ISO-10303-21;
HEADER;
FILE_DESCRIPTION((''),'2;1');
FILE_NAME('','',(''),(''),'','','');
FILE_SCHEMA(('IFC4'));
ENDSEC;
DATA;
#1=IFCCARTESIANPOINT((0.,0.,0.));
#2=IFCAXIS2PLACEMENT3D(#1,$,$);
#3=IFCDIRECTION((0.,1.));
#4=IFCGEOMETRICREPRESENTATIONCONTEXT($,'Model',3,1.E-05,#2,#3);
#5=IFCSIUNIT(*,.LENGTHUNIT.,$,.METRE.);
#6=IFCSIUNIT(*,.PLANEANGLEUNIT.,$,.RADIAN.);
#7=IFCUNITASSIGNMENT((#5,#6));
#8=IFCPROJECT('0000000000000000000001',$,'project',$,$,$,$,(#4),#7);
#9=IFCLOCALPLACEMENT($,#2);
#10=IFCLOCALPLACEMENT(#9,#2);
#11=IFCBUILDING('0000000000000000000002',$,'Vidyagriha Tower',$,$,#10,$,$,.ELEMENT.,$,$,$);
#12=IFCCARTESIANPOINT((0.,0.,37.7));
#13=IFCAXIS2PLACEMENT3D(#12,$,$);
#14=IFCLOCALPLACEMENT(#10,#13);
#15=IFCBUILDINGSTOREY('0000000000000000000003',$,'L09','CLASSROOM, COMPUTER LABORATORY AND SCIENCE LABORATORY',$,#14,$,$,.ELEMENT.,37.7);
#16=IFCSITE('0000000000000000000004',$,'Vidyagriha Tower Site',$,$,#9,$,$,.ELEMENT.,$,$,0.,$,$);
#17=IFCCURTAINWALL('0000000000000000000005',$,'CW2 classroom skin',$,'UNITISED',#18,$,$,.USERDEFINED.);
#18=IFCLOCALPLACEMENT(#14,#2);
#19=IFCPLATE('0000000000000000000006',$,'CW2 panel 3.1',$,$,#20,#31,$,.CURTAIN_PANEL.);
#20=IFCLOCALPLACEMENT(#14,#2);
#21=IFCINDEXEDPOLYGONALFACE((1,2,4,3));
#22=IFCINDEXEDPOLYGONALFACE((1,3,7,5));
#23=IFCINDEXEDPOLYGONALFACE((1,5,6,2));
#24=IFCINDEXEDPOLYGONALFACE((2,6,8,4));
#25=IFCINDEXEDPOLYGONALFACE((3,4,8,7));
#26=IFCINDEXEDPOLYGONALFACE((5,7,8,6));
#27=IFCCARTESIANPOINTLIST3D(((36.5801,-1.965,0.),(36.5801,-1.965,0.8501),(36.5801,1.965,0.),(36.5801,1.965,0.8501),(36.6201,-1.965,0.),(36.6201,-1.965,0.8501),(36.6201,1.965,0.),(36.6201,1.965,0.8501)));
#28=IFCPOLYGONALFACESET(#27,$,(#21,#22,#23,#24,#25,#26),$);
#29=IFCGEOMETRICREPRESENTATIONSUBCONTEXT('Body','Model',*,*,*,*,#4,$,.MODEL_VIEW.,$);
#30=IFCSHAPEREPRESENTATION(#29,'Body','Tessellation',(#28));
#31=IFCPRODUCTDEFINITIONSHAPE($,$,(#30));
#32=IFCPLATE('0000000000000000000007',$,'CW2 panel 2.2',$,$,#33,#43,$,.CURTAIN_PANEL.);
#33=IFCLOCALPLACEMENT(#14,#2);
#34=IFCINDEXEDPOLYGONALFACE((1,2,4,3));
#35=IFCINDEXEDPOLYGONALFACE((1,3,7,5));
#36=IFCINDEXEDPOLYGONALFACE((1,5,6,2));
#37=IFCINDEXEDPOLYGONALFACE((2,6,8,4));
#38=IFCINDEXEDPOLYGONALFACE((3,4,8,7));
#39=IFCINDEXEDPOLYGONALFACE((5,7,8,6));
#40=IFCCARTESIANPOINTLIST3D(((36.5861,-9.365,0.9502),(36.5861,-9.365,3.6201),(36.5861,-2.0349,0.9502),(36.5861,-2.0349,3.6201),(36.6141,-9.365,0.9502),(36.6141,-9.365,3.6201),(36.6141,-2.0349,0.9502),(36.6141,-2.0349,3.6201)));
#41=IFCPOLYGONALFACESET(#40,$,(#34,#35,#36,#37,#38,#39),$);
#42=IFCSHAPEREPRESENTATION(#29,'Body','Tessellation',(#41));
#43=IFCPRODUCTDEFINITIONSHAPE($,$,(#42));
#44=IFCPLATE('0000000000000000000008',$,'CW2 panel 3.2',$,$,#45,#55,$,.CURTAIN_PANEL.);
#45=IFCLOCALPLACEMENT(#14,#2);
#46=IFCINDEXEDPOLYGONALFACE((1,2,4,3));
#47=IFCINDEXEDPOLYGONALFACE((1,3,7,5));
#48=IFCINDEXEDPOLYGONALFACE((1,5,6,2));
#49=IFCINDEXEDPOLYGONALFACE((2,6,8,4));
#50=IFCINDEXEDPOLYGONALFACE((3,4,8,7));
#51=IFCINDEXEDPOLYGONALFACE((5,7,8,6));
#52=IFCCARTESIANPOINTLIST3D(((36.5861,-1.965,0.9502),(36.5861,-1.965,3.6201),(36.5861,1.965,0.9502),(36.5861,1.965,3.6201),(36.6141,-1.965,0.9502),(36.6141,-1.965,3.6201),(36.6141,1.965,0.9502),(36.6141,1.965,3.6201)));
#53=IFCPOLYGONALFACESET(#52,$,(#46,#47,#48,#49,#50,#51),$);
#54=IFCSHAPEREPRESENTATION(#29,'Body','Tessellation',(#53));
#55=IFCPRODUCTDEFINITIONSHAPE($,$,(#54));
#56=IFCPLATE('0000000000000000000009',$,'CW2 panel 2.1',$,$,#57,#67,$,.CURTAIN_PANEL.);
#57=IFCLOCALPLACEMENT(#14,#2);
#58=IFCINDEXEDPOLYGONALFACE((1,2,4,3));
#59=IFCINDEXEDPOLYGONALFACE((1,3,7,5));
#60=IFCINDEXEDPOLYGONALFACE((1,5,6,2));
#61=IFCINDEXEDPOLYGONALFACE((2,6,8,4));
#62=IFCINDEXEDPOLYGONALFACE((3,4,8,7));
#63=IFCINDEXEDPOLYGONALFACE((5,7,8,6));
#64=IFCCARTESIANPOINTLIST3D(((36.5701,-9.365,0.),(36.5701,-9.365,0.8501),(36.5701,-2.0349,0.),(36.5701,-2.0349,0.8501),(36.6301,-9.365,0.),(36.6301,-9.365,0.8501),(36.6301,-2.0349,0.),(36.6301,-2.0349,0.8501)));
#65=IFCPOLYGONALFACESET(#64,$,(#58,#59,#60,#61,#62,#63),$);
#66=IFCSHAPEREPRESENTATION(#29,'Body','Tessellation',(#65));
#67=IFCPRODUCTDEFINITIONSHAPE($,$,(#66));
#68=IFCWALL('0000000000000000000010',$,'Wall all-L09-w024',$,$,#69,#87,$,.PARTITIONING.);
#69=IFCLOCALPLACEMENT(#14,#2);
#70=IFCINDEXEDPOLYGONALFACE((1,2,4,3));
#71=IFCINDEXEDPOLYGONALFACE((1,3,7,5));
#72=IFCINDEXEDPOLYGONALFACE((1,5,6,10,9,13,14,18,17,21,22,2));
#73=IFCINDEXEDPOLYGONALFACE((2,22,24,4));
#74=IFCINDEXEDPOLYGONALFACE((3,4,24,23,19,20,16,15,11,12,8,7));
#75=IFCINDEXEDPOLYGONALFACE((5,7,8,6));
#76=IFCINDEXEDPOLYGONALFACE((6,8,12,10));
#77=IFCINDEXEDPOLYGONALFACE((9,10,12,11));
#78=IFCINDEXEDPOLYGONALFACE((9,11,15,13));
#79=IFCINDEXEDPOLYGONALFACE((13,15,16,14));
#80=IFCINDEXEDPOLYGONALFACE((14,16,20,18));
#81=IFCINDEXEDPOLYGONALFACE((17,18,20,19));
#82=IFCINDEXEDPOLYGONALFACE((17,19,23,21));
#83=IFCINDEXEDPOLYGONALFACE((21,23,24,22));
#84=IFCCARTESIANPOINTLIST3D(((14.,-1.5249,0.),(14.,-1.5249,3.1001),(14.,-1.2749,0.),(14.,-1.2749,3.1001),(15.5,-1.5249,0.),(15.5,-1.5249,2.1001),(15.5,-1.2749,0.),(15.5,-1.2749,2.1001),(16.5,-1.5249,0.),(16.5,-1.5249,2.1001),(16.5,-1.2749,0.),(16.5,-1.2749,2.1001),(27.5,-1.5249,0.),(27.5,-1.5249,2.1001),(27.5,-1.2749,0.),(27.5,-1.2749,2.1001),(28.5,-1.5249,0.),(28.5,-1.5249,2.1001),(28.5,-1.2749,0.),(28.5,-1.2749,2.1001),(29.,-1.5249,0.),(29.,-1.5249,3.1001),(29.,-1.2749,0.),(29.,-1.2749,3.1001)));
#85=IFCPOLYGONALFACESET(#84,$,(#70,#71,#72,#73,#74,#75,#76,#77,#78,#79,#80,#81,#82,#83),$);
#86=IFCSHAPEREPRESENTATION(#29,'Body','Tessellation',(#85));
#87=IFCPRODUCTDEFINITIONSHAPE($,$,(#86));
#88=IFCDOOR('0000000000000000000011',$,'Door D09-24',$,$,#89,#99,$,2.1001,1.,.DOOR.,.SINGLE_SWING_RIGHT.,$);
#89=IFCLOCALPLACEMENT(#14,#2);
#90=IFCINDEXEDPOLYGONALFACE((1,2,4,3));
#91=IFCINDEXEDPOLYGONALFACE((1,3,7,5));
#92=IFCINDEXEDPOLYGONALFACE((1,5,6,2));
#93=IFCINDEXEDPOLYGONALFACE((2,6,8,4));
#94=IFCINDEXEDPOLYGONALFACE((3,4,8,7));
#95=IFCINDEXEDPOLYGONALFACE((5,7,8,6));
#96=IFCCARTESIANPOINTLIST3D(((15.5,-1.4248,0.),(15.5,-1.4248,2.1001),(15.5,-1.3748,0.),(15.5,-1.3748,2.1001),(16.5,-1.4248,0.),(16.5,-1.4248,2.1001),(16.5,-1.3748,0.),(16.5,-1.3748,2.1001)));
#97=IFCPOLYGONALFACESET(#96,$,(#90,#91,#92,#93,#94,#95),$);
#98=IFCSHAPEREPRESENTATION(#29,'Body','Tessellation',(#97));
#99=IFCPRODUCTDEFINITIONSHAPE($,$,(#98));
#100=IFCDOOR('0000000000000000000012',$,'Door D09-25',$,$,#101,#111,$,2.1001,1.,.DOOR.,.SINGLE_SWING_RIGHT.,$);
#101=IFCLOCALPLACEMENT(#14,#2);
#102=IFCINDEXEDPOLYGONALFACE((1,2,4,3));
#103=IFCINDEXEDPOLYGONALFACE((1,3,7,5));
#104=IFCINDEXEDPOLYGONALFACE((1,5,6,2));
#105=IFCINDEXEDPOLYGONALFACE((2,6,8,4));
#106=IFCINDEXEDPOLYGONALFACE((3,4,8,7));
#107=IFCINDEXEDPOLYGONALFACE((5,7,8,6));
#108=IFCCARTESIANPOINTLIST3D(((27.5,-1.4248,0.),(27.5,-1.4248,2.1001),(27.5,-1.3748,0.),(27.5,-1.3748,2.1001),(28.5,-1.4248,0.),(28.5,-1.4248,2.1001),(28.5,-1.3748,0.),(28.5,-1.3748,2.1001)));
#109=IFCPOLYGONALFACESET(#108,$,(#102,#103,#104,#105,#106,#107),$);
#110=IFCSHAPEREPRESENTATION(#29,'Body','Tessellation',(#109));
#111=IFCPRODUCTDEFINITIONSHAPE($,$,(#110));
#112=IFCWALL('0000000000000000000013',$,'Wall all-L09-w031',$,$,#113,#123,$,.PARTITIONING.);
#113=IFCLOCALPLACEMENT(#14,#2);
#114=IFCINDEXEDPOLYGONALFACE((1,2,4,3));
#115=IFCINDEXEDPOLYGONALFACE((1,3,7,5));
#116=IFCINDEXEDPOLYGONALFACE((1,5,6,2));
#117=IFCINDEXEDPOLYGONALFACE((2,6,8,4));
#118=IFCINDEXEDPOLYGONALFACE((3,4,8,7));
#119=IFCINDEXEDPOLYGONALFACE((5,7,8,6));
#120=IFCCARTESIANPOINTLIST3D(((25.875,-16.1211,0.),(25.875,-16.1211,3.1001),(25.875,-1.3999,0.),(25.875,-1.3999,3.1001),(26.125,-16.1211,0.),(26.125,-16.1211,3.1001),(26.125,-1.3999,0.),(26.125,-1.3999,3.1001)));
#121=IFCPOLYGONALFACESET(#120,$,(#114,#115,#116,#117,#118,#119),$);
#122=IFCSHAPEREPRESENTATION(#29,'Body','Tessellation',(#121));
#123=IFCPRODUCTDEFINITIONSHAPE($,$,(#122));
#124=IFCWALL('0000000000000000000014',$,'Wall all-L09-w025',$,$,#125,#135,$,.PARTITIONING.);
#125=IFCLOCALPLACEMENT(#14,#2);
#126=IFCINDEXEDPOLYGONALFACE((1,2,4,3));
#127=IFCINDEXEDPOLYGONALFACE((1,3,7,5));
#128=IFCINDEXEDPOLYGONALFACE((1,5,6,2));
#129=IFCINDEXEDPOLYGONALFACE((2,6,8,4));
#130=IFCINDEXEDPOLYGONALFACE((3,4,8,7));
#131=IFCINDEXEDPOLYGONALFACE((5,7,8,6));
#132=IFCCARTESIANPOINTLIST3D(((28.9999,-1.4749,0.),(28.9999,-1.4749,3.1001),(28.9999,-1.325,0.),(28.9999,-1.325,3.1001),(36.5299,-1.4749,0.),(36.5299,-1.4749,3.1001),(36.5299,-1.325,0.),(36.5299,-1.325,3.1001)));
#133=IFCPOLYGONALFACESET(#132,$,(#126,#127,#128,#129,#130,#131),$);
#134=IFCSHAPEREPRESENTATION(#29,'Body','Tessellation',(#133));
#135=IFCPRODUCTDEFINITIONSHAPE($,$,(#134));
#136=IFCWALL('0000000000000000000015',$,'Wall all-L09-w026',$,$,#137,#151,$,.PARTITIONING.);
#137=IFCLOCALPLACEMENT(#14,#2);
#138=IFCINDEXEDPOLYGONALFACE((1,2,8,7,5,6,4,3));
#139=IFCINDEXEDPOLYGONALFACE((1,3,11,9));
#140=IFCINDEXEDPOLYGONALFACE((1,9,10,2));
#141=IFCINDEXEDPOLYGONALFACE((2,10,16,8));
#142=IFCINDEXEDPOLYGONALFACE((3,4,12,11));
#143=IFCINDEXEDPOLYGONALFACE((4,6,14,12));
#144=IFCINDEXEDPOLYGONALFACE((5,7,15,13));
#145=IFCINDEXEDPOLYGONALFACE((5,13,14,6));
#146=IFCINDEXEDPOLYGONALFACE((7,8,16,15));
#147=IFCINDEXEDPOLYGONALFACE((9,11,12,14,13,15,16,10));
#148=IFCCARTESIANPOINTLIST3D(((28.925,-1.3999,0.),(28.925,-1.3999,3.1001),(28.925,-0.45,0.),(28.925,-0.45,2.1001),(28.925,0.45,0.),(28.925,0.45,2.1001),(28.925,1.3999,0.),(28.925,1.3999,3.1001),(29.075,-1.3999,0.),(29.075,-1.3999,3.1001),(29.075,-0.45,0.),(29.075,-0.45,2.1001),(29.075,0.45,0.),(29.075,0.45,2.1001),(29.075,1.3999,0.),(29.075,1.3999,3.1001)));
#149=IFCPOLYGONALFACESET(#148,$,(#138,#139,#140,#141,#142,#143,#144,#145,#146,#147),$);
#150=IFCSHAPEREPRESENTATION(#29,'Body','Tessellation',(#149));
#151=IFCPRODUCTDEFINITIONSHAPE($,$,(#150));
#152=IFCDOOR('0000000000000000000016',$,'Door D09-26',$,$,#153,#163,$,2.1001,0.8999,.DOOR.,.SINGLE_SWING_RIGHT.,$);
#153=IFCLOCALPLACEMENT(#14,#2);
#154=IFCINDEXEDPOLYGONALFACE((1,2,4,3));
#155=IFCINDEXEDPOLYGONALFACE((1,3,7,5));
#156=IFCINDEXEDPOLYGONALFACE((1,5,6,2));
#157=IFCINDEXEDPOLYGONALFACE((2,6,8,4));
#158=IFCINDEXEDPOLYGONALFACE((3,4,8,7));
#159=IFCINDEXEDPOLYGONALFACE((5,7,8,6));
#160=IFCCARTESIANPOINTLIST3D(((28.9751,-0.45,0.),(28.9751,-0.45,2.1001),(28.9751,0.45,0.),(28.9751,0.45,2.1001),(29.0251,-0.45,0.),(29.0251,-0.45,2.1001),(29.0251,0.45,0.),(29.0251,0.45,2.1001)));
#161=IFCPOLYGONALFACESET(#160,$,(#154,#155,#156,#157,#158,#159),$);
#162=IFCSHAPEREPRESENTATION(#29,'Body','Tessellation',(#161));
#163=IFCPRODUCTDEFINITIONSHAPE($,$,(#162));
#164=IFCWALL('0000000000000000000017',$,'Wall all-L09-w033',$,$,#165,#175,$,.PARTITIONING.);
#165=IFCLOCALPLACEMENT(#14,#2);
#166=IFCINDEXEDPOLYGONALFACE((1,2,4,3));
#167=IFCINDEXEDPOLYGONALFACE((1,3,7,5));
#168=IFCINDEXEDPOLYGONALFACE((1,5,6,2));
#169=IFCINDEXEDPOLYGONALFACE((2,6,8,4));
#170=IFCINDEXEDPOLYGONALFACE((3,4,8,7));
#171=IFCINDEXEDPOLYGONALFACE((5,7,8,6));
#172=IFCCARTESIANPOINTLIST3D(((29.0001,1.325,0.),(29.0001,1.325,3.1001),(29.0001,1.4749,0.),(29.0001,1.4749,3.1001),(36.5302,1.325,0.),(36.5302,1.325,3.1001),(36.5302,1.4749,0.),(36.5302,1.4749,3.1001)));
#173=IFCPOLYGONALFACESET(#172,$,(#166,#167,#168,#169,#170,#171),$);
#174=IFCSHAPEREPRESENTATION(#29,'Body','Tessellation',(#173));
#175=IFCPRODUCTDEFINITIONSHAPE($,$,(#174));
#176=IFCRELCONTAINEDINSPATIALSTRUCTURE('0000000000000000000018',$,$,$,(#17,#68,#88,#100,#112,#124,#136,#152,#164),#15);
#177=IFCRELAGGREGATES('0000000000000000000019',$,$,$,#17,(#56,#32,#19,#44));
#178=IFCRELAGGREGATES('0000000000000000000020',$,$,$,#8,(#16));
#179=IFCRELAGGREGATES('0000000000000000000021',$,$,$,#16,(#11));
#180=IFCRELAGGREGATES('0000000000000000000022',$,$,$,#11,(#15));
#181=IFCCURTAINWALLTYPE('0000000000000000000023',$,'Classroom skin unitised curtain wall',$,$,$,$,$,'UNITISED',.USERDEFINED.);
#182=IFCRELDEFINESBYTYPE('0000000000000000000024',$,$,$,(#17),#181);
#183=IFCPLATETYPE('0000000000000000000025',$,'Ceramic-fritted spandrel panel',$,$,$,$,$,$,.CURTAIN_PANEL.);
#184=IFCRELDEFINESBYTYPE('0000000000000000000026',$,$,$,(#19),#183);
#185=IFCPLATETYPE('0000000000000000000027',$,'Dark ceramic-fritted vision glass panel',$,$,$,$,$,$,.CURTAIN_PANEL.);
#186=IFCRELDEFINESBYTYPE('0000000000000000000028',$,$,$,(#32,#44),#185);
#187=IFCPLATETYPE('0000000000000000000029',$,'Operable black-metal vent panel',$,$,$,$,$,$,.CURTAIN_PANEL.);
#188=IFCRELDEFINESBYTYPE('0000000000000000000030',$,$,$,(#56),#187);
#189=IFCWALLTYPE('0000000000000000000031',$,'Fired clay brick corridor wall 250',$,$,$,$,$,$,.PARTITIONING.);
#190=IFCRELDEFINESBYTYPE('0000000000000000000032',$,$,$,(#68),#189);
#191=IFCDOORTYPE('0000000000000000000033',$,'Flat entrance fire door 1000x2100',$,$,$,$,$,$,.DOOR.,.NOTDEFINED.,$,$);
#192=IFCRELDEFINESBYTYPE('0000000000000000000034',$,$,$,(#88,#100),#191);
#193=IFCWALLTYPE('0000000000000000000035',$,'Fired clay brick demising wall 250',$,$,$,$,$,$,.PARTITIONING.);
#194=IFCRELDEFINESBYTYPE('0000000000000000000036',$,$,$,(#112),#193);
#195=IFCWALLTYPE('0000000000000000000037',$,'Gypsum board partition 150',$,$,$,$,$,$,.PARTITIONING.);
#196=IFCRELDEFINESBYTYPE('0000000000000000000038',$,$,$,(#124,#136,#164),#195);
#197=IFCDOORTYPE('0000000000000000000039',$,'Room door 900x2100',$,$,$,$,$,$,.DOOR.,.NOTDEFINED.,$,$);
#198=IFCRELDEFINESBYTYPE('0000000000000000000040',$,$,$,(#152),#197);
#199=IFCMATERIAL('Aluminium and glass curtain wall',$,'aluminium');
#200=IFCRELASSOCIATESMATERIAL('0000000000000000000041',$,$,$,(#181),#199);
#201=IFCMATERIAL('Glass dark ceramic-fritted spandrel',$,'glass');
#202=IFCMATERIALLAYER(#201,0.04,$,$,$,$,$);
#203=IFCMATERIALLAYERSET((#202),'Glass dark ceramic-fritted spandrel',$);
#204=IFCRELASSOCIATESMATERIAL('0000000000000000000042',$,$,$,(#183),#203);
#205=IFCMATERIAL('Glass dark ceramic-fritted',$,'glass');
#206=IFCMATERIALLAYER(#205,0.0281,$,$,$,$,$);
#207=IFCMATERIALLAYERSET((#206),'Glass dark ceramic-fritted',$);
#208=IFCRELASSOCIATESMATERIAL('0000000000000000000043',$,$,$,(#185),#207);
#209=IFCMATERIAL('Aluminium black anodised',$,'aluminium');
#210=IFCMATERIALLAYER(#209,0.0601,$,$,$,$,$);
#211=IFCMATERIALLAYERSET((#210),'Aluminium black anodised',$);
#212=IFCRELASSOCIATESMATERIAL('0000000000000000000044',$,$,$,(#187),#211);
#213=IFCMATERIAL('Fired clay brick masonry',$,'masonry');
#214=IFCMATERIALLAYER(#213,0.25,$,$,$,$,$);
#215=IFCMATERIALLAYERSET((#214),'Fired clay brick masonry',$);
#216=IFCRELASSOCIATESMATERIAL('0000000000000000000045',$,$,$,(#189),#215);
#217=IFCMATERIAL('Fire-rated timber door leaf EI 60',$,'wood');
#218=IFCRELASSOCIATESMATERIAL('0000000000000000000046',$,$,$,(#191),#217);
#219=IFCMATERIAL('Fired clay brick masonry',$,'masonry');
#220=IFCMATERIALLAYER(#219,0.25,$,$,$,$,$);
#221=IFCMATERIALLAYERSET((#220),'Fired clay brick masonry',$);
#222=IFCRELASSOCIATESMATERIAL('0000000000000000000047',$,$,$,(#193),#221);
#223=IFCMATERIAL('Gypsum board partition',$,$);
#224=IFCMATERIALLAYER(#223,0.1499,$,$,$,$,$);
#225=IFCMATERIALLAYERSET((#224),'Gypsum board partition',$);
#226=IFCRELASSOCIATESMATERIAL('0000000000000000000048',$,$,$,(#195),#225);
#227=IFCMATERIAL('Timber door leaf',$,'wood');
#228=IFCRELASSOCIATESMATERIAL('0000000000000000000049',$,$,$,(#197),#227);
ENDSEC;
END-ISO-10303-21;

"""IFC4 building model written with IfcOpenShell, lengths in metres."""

from ifc_helpers import new_model, si_unit, direction, frame, frame_2d, origin, origin_2d, place, context, subcontext, project, spatial, rectangle, extrude, material, layer, layer_set, type_object, element, fill, aggregate, save


model = new_model("IFC4")

# Units and contexts
model_context = context("Model", 3, precision=1e-05, world=origin(), true_north=direction((0.0, 1.0)))
body_context = subcontext(model_context, "Body", "Model", "MODEL_VIEW")
ifc_project = project(units=[si_unit("LENGTHUNIT", "METRE"), si_unit("PLANEANGLEUNIT", "RADIAN")], contexts=[model_context])

# Site, building, storey
site_placement = place(None, origin())
site = spatial("IfcSite", under=ifc_project, at=site_placement, Name="Vidyagriha Tower Site", CompositionType="ELEMENT", RefElevation=0.0)
building_placement = place(site_placement, origin())
building = spatial("IfcBuilding", under=site, at=building_placement, Name="Vidyagriha Tower", CompositionType="ELEMENT")
storey_placement = place(building_placement, frame((0.0, 0.0, 37.7)))
storey = spatial("IfcBuildingStorey", under=building, at=storey_placement, Name="L09", Description="CLASSROOM, COMPUTER LABORATORY AND SCIENCE LABORATORY", CompositionType="ELEMENT", Elevation=37.7)

# Curtain wall, plates
ifc_material_1 = material(Name="Aluminium and glass curtain wall", Category="aluminium")
curtain_wall_type = type_object("IfcCurtainWallType", Name="Classroom skin unitised curtain wall", ElementType="UNITISED", PredefinedType="USERDEFINED", material=ifc_material_1)
curtain_wall_placement = place(storey_placement, origin())
curtain_wall = element("IfcCurtainWall", 1, at=curtain_wall_placement, inside=storey, type_object=curtain_wall_type, Name="CW2 classroom skin", ObjectType="UNITISED", PredefinedType="USERDEFINED")
ifc_material_2 = material(Name="Glass dark ceramic-fritted spandrel", Category="glass")
ifc_layer_1 = layer(ifc_material_2, 0.04)
ifc_layer_set_1 = layer_set([ifc_layer_1], Name="Glass dark ceramic-fritted spandrel")
plate_type_1 = type_object("IfcPlateType", Name="Ceramic-fritted spandrel panel", PredefinedType="CURTAIN_PANEL", material=ifc_layer_set_1)
plate_1_placement = place(storey_placement, frame((36.6001, 0.0, 0.0), z_axis=(0.0, 0.0, 1.0), x_axis=(0.0, 1.0, 0.0)))
plate_1 = element("IfcPlate", 2, at=plate_1_placement, type_object=plate_type_1, Name="CW2 panel 3.1", PredefinedType="CURTAIN_PANEL", context=body_context, shape_type="SweptSolid", body=[
    extrude(rectangle(XDim=3.9299, YDim=0.04, at=origin_2d()), origin(), (0.0, 0.0, 1.0), 0.8501),
])
ifc_material_3 = material(Name="Glass dark ceramic-fritted", Category="glass")
ifc_layer_2 = layer(ifc_material_3, 0.0281)
ifc_layer_set_2 = layer_set([ifc_layer_2], Name="Glass dark ceramic-fritted")
plate_type_2 = type_object("IfcPlateType", Name="Dark ceramic-fritted vision glass panel", PredefinedType="CURTAIN_PANEL", material=ifc_layer_set_2)
plate_2_placement = place(storey_placement, frame((36.6001, -5.7, 0.9502), z_axis=(0.0, 0.0, 1.0), x_axis=(0.0, 1.0, 0.0)))
plate_2 = element("IfcPlate", 3, at=plate_2_placement, type_object=plate_type_2, Name="CW2 panel 2.2", PredefinedType="CURTAIN_PANEL", context=body_context, shape_type="SweptSolid", body=[
    extrude(rectangle(XDim=7.3301, YDim=0.0281, at=origin_2d()), origin(), (0.0, 0.0, 1.0), 2.6699),
])
plate_3_placement = place(storey_placement, frame((36.6001, 0.0, 0.9502), z_axis=(0.0, 0.0, 1.0), x_axis=(0.0, 1.0, 0.0)))
plate_3 = element("IfcPlate", 4, at=plate_3_placement, type_object=plate_type_2, Name="CW2 panel 3.2", PredefinedType="CURTAIN_PANEL", context=body_context, shape_type="SweptSolid", body=[
    extrude(rectangle(XDim=3.9299, YDim=0.0281, at=origin_2d()), origin(), (0.0, 0.0, 1.0), 2.6699),
])
ifc_material_4 = material(Name="Aluminium black anodised", Category="aluminium")
ifc_layer_3 = layer(ifc_material_4, 0.0601)
ifc_layer_set_3 = layer_set([ifc_layer_3], Name="Aluminium black anodised")
plate_type_3 = type_object("IfcPlateType", Name="Operable black-metal vent panel", PredefinedType="CURTAIN_PANEL", material=ifc_layer_set_3)
plate_4_placement = place(storey_placement, frame((36.6001, -5.7, 0.0), z_axis=(0.0, 0.0, 1.0), x_axis=(0.0, 1.0, 0.0)))
plate_4 = element("IfcPlate", 5, at=plate_4_placement, type_object=plate_type_3, Name="CW2 panel 2.1", PredefinedType="CURTAIN_PANEL", context=body_context, shape_type="SweptSolid", body=[
    extrude(rectangle(XDim=7.3301, YDim=0.0601, at=origin_2d()), origin(), (0.0, 0.0, 1.0), 0.8501),
])
aggregate(curtain_wall, [plate_4, plate_2, plate_1, plate_3])

# Wall, openings, doors
ifc_material_5 = material(Name="Fired clay brick masonry", Category="masonry")
ifc_layer_4 = layer(ifc_material_5, 0.25)
ifc_layer_set_4 = layer_set([ifc_layer_4], Name="Fired clay brick masonry")
wall_type_1 = type_object("IfcWallType", Name="Fired clay brick corridor wall 250", PredefinedType="PARTITIONING", material=ifc_layer_set_4)
wall_1_placement = place(storey_placement, frame((29.0, -1.3999, 0.0), z_axis=(0.0, 0.0, 1.0), x_axis=(-1.0, 0.0, 0.0)))
wall_1 = element("IfcWall", 6, at=wall_1_placement, inside=storey, type_object=wall_type_1, Name="Wall all-L09-w024", PredefinedType="PARTITIONING", context=body_context, shape_type="SweptSolid", body=[
    extrude(rectangle(XDim=15.0, YDim=0.25, at=frame_2d((7.5, 0.0))), origin(), (0.0, 0.0, 1.0), 3.1001),
])
opening_1_placement = place(wall_1_placement, frame((12.5, 0.0, 0.0)))
opening_1 = element("IfcOpeningElement", 7, at=opening_1_placement, cuts=wall_1, PredefinedType="OPENING", context=body_context, shape_type="SweptSolid", body=[
    extrude(rectangle(XDim=1.0, YDim=2.1001, at=frame_2d((0.5, 1.05))), frame((0.0, 0.135, 0.0), z_axis=(0.0, -1.0, 0.0), x_axis=(1.0, 0.0, 0.0)), (0.0, 0.0, 1.0), 0.27),
])
opening_2_placement = place(wall_1_placement, frame((0.5, 0.0, 0.0)))
opening_2 = element("IfcOpeningElement", 8, at=opening_2_placement, cuts=wall_1, PredefinedType="OPENING", context=body_context, shape_type="SweptSolid", body=[
    extrude(rectangle(XDim=1.0, YDim=2.1001, at=frame_2d((0.5, 1.05))), frame((0.0, 0.135, 0.0), z_axis=(0.0, -1.0, 0.0), x_axis=(1.0, 0.0, 0.0)), (0.0, 0.0, 1.0), 0.27),
])
ifc_material_6 = material(Name="Fire-rated timber door leaf EI 60", Category="wood")
door_type_1 = type_object("IfcDoorType", Name="Flat entrance fire door 1000x2100", OperationType="NOTDEFINED", PredefinedType="DOOR", material=ifc_material_6)
door_1_placement = place(opening_1_placement, origin())
door_1 = element("IfcDoor", 9, at=door_1_placement, inside=storey, type_object=door_type_1, Name="Door D09-24", OperationType="SINGLE_SWING_RIGHT", OverallHeight=2.1001, OverallWidth=1.0, PredefinedType="DOOR", context=body_context, shape_type="SweptSolid", body=[
    extrude(rectangle(XDim=1.0, YDim=2.1001, at=frame_2d((0.5, 1.05))), frame((0.0, 0.0249, 0.0), z_axis=(0.0, -1.0, 0.0), x_axis=(1.0, 0.0, 0.0)), (0.0, 0.0, 1.0), 0.05),
])
fill(opening_1, door_1)
door_2_placement = place(opening_2_placement, origin())
door_2 = element("IfcDoor", 10, at=door_2_placement, inside=storey, type_object=door_type_1, Name="Door D09-25", OperationType="SINGLE_SWING_RIGHT", OverallHeight=2.1001, OverallWidth=1.0, PredefinedType="DOOR", context=body_context, shape_type="SweptSolid", body=[
    extrude(rectangle(XDim=1.0, YDim=2.1001, at=frame_2d((0.5, 1.05))), frame((0.0, 0.0249, 0.0), z_axis=(0.0, -1.0, 0.0), x_axis=(1.0, 0.0, 0.0)), (0.0, 0.0, 1.0), 0.05),
])
fill(opening_2, door_2)

# Walls
ifc_material_7 = material(Name="Fired clay brick masonry", Category="masonry")
ifc_layer_5 = layer(ifc_material_7, 0.25)
ifc_layer_set_5 = layer_set([ifc_layer_5], Name="Fired clay brick masonry")
wall_type_2 = type_object("IfcWallType", Name="Fired clay brick demising wall 250", PredefinedType="PARTITIONING", material=ifc_layer_set_5)
wall_2_placement = place(storey_placement, frame((26.0, -1.3999, 0.0), z_axis=(0.0, 0.0, 1.0), x_axis=(0.0, -1.0, 0.0)))
element("IfcWall", 11, at=wall_2_placement, inside=storey, type_object=wall_type_2, Name="Wall all-L09-w031", PredefinedType="PARTITIONING", context=body_context, shape_type="SweptSolid", body=[
    extrude(rectangle(XDim=14.7212, YDim=0.25, at=frame_2d((7.3606, 0.0))), origin(), (0.0, 0.0, 1.0), 3.1001),
])
ifc_material_8 = material(Name="Gypsum board partition")
ifc_layer_6 = layer(ifc_material_8, 0.1499)
ifc_layer_set_6 = layer_set([ifc_layer_6], Name="Gypsum board partition")
wall_type_3 = type_object("IfcWallType", Name="Gypsum board partition 150", PredefinedType="PARTITIONING", material=ifc_layer_set_6)
wall_3_placement = place(storey_placement, frame((36.53, -1.3999, 0.0), z_axis=(0.0, 0.0, 1.0), x_axis=(-1.0, 0.0, 0.0)))
element("IfcWall", 12, at=wall_3_placement, inside=storey, type_object=wall_type_3, Name="Wall all-L09-w025", PredefinedType="PARTITIONING", context=body_context, shape_type="SweptSolid", body=[
    extrude(rectangle(XDim=7.53, YDim=0.1499, at=frame_2d((3.7651, 0.0))), origin(), (0.0, 0.0, 1.0), 3.1001),
])

# Wall, opening, door
wall_4_placement = place(storey_placement, frame((29.0, -1.3999, 0.0), z_axis=(0.0, 0.0, 1.0), x_axis=(0.0, 1.0, 0.0)))
wall_4 = element("IfcWall", 13, at=wall_4_placement, inside=storey, type_object=wall_type_3, Name="Wall all-L09-w026", PredefinedType="PARTITIONING", context=body_context, shape_type="SweptSolid", body=[
    extrude(rectangle(XDim=2.7998, YDim=0.1499, at=frame_2d((1.3999, 0.0))), origin(), (0.0, 0.0, 1.0), 3.1001),
])
opening_3_placement = place(wall_4_placement, frame((0.95, 0.0, 0.0)))
opening_3 = element("IfcOpeningElement", 14, at=opening_3_placement, cuts=wall_4, PredefinedType="OPENING", context=body_context, shape_type="SweptSolid", body=[
    extrude(rectangle(XDim=0.8999, YDim=2.1001, at=frame_2d((0.45, 1.05))), frame((0.0, 0.085, 0.0), z_axis=(0.0, -1.0, 0.0), x_axis=(1.0, 0.0, 0.0)), (0.0, 0.0, 1.0), 0.1699),
])
ifc_material_9 = material(Name="Timber door leaf", Category="wood")
door_type_2 = type_object("IfcDoorType", Name="Room door 900x2100", OperationType="NOTDEFINED", PredefinedType="DOOR", material=ifc_material_9)
door_3_placement = place(opening_3_placement, origin())
door_3 = element("IfcDoor", 15, at=door_3_placement, inside=storey, type_object=door_type_2, Name="Door D09-26", OperationType="SINGLE_SWING_RIGHT", OverallHeight=2.1001, OverallWidth=0.8999, PredefinedType="DOOR", context=body_context, shape_type="SweptSolid", body=[
    extrude(rectangle(XDim=0.8999, YDim=2.1001, at=frame_2d((0.45, 1.05))), frame((0.0, 0.0249, 0.0), z_axis=(0.0, -1.0, 0.0), x_axis=(1.0, 0.0, 0.0)), (0.0, 0.0, 1.0), 0.05),
])
fill(opening_3, door_3)

# Wall
wall_5_placement = place(storey_placement, frame((29.0, 1.3999, 0.0)))
element("IfcWall", 16, at=wall_5_placement, inside=storey, type_object=wall_type_3, Name="Wall all-L09-w033", PredefinedType="PARTITIONING", context=body_context, shape_type="SweptSolid", body=[
    extrude(rectangle(XDim=7.53, YDim=0.1499, at=frame_2d((3.7651, 0.0))), origin(), (0.0, 0.0, 1.0), 3.1001),
])

save(model, "model.ifc")
